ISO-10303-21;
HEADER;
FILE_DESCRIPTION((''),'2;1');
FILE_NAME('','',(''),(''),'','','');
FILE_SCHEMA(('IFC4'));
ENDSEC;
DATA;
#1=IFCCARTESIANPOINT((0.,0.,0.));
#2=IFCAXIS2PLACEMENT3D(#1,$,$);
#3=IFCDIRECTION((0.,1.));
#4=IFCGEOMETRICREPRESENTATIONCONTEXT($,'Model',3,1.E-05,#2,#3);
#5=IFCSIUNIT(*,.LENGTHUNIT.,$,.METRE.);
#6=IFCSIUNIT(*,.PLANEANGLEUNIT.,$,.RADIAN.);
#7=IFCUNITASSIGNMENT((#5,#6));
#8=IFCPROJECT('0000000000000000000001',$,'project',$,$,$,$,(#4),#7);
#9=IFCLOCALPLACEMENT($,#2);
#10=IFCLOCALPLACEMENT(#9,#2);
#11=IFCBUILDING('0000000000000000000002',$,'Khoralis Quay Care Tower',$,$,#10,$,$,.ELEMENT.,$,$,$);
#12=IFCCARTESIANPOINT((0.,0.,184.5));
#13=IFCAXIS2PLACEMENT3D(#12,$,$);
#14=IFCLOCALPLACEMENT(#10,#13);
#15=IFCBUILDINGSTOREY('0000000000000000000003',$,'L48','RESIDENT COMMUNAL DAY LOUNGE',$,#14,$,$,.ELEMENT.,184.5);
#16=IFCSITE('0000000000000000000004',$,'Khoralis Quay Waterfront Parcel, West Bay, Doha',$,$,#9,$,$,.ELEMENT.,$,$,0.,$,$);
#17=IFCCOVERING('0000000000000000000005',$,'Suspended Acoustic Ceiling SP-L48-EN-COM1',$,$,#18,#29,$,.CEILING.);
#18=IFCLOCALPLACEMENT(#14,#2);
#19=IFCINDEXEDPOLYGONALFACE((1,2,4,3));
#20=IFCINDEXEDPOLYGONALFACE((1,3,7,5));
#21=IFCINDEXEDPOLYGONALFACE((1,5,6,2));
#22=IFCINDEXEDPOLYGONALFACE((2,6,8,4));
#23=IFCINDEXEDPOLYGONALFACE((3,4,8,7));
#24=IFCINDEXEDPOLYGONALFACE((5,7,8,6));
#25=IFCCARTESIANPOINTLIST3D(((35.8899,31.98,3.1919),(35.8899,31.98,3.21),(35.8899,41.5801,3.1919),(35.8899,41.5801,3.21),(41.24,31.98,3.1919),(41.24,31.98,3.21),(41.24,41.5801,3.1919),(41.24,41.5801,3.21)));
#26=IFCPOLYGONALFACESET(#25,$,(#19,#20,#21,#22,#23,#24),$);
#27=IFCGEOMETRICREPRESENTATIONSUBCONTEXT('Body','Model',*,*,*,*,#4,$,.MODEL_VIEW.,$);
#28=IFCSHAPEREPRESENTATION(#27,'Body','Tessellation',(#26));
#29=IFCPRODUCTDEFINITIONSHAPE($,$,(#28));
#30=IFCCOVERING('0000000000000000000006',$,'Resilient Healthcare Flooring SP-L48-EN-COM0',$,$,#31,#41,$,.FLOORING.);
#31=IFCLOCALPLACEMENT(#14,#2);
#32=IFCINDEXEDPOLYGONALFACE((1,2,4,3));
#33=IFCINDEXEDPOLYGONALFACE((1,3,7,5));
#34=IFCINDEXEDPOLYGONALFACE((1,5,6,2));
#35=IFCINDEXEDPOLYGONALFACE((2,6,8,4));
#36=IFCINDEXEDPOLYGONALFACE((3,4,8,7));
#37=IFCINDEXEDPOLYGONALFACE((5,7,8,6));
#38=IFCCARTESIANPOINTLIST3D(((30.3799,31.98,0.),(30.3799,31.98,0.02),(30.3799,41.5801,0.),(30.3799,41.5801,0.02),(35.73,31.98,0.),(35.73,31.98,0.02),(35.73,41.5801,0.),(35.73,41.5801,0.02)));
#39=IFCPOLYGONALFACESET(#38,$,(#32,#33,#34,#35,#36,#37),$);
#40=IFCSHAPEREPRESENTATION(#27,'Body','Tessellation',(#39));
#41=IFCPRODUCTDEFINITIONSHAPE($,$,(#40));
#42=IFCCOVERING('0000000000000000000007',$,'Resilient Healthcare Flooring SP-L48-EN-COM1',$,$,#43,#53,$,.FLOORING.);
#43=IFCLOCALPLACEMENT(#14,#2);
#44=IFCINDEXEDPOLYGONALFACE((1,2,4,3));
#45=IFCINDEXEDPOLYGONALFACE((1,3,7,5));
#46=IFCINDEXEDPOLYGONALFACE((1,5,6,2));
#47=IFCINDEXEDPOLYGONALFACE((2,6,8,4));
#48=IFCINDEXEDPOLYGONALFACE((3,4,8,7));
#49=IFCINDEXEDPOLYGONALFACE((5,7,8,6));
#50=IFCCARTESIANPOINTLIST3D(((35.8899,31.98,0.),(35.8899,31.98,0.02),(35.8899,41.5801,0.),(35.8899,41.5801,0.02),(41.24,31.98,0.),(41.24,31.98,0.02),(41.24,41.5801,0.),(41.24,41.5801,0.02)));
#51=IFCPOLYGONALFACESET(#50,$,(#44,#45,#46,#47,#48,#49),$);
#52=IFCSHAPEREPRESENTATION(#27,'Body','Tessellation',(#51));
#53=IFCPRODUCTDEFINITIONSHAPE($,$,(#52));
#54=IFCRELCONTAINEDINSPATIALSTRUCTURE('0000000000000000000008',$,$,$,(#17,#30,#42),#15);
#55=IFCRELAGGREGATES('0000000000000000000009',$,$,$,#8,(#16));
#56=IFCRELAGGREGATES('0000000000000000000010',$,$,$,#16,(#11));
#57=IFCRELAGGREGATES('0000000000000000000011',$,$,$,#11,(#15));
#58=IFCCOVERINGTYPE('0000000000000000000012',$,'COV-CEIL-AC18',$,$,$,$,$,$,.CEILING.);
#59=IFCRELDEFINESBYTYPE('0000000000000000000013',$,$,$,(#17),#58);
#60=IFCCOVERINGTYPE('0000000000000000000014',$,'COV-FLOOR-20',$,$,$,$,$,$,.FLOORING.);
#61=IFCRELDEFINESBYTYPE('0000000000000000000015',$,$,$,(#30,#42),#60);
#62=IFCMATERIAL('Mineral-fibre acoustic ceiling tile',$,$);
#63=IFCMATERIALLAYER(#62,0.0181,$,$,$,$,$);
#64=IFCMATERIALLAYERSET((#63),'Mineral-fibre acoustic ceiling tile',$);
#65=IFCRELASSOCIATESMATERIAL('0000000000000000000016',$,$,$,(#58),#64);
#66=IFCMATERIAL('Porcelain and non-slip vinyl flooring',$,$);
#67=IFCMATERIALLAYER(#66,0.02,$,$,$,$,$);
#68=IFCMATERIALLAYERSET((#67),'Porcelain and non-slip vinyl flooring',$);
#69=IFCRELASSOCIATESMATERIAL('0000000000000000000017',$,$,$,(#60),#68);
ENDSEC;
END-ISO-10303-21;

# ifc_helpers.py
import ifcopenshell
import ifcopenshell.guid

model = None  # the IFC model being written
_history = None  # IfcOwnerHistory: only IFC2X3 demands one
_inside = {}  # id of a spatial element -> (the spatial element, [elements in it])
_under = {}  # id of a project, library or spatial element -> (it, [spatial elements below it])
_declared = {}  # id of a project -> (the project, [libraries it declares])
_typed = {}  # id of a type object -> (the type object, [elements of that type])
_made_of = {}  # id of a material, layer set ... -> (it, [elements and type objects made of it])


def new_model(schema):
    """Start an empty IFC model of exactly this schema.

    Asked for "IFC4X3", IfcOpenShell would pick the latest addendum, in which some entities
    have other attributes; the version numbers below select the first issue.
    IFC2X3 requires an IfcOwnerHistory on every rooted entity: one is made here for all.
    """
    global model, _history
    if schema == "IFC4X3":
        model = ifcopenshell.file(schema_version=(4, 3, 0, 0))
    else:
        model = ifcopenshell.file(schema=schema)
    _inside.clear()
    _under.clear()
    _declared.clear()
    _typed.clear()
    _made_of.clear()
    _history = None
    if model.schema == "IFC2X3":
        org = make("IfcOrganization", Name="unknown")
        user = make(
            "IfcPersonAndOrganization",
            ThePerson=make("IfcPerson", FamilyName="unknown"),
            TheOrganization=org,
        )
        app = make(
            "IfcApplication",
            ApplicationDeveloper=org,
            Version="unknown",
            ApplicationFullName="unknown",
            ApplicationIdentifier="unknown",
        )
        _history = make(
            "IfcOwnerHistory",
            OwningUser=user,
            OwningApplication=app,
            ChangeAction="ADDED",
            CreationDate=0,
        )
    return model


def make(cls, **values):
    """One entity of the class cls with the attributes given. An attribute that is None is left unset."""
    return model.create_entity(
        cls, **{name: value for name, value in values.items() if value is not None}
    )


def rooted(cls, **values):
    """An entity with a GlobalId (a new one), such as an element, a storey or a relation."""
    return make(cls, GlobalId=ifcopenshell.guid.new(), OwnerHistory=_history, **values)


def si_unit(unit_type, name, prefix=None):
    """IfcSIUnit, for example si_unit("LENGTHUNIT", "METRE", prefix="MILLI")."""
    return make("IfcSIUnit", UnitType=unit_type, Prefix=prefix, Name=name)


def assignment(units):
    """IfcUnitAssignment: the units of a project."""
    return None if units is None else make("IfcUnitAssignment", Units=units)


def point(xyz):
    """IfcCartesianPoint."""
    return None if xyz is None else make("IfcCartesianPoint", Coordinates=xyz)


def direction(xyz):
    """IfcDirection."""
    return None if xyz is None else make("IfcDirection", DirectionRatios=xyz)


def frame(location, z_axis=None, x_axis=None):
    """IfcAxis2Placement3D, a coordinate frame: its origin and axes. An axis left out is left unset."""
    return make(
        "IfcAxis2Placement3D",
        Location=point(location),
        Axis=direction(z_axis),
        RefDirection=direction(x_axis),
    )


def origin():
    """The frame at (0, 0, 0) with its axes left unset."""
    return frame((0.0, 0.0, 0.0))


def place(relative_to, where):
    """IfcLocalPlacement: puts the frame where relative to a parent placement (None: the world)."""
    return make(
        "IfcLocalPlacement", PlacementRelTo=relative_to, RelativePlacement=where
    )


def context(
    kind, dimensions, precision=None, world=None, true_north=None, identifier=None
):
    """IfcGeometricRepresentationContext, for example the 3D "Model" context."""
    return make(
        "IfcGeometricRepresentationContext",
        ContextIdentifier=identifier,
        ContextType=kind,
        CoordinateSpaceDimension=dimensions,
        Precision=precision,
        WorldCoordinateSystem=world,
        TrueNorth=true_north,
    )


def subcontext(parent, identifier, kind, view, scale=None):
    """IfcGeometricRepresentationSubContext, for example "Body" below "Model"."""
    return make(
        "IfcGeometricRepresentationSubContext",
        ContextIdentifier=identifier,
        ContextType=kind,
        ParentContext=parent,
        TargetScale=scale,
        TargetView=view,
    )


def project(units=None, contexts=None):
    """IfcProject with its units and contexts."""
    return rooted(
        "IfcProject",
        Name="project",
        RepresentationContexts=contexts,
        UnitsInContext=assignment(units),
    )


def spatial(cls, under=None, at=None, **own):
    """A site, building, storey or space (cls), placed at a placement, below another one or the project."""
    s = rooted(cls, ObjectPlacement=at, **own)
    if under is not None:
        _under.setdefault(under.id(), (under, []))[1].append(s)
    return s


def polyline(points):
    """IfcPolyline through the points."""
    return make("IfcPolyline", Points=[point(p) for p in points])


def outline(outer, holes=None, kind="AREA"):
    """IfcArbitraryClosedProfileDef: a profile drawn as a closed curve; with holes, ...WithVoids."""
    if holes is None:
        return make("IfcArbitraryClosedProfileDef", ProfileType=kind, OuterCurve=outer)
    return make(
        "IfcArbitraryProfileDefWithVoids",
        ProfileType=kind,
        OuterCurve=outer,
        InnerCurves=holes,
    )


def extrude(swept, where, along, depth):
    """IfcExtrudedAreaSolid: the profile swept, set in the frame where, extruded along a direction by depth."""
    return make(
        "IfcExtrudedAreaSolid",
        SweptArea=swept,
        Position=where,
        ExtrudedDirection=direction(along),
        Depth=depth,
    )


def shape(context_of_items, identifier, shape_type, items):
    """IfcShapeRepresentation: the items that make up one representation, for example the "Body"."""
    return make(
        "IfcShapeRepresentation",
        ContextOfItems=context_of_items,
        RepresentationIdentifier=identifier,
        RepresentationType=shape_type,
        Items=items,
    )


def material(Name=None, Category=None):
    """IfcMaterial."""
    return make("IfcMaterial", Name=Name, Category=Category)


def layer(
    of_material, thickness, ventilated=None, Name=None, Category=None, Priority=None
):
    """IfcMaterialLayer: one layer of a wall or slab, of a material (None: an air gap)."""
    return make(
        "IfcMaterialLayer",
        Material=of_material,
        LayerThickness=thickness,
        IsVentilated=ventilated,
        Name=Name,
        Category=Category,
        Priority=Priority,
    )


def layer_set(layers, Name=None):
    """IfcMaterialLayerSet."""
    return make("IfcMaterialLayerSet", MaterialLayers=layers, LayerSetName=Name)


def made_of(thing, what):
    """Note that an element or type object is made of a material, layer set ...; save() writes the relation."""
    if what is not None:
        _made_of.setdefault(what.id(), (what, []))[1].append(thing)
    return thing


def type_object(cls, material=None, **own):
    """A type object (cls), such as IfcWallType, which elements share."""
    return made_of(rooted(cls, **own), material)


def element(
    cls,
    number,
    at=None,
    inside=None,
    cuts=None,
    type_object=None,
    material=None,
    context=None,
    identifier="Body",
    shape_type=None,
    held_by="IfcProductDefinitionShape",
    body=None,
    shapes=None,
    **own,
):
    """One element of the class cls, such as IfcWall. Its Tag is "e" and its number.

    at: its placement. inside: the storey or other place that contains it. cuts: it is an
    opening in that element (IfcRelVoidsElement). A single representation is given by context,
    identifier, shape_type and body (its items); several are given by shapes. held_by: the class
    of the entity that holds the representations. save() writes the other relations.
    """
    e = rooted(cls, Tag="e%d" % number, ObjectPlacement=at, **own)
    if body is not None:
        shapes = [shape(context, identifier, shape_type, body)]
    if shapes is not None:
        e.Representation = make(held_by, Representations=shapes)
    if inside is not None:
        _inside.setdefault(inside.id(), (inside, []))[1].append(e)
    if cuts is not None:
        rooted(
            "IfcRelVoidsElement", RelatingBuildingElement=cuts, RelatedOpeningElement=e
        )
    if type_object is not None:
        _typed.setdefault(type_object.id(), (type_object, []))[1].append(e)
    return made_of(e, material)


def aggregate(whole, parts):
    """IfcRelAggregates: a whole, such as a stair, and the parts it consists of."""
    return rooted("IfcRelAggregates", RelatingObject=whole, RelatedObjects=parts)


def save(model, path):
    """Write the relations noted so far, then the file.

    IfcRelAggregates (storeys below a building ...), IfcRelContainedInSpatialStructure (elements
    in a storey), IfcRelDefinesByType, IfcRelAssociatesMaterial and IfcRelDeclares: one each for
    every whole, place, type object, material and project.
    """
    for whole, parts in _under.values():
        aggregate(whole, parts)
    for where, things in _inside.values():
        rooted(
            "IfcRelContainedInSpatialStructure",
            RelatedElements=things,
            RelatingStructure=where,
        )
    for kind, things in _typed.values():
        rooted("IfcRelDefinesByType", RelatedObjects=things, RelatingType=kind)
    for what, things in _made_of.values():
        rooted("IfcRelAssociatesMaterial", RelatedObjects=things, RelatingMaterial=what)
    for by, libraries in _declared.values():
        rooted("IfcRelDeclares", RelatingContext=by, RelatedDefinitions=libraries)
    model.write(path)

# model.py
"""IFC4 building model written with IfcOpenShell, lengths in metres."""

from ifc_helpers import new_model, si_unit, direction, frame, origin, place, context, subcontext, project, spatial, polyline, outline, extrude, material, layer, layer_set, type_object, element, save


model = new_model("IFC4")

# Units and contexts
model_context = context("Model", 3, precision=1e-05, world=origin(), true_north=direction((0.0, 1.0)))
body_context = subcontext(model_context, "Body", "Model", "MODEL_VIEW")
ifc_project = project(units=[si_unit("LENGTHUNIT", "METRE"), si_unit("PLANEANGLEUNIT", "RADIAN")], contexts=[model_context])

# Site, building, storey
site_placement = place(None, origin())
site = spatial("IfcSite", under=ifc_project, at=site_placement, Name="Khoralis Quay Waterfront Parcel, West Bay, Doha", CompositionType="ELEMENT", RefElevation=0.0)
building_placement = place(site_placement, origin())
building = spatial("IfcBuilding", under=site, at=building_placement, Name="Khoralis Quay Care Tower", CompositionType="ELEMENT")
storey_placement = place(building_placement, frame((0.0, 0.0, 184.5)))
storey = spatial("IfcBuildingStorey", under=building, at=storey_placement, Name="L48", Description="RESIDENT COMMUNAL DAY LOUNGE", CompositionType="ELEMENT", Elevation=184.5)

# Coverings
ifc_material_1 = material(Name="Mineral-fibre acoustic ceiling tile")
ifc_layer_1 = layer(ifc_material_1, 0.0181)
ifc_layer_set_1 = layer_set([ifc_layer_1], Name="Mineral-fibre acoustic ceiling tile")
covering_type_1 = type_object("IfcCoveringType", Name="COV-CEIL-AC18", PredefinedType="CEILING", material=ifc_layer_set_1)
covering_1_placement = place(storey_placement, frame((0.0, 0.0, 3.1919)))
element("IfcCovering", 1, at=covering_1_placement, inside=storey, type_object=covering_type_1, Name="Suspended Acoustic Ceiling SP-L48-EN-COM1", PredefinedType="CEILING", context=body_context, shape_type="SweptSolid", body=[
    extrude(outline(polyline([(35.8899, 31.98), (41.24, 31.98), (41.24, 41.5801), (35.8899, 41.5801), (35.8899, 31.98)])), origin(), (0.0, 0.0, 1.0), 0.0181),
])
ifc_material_2 = material(Name="Porcelain and non-slip vinyl flooring")
ifc_layer_2 = layer(ifc_material_2, 0.02)
ifc_layer_set_2 = layer_set([ifc_layer_2], Name="Porcelain and non-slip vinyl flooring")
covering_type_2 = type_object("IfcCoveringType", Name="COV-FLOOR-20", PredefinedType="FLOORING", material=ifc_layer_set_2)
covering_2_placement = place(storey_placement, origin())
element("IfcCovering", 2, at=covering_2_placement, inside=storey, type_object=covering_type_2, Name="Resilient Healthcare Flooring SP-L48-EN-COM0", PredefinedType="FLOORING", context=body_context, shape_type="SweptSolid", body=[
    extrude(outline(polyline([(30.3799, 31.98), (35.73, 31.98), (35.73, 41.5801), (30.3799, 41.5801), (30.3799, 31.98)])), origin(), (0.0, 0.0, 1.0), 0.02),
])
covering_3_placement = place(storey_placement, origin())
element("IfcCovering", 3, at=covering_3_placement, inside=storey, type_object=covering_type_2, Name="Resilient Healthcare Flooring SP-L48-EN-COM1", PredefinedType="FLOORING", context=body_context, shape_type="SweptSolid", body=[
    extrude(outline(polyline([(35.8899, 31.98), (41.24, 31.98), (41.24, 41.5801), (35.8899, 41.5801), (35.8899, 31.98)])), origin(), (0.0, 0.0, 1.0), 0.02),
])

save(model, "model.ifc")
